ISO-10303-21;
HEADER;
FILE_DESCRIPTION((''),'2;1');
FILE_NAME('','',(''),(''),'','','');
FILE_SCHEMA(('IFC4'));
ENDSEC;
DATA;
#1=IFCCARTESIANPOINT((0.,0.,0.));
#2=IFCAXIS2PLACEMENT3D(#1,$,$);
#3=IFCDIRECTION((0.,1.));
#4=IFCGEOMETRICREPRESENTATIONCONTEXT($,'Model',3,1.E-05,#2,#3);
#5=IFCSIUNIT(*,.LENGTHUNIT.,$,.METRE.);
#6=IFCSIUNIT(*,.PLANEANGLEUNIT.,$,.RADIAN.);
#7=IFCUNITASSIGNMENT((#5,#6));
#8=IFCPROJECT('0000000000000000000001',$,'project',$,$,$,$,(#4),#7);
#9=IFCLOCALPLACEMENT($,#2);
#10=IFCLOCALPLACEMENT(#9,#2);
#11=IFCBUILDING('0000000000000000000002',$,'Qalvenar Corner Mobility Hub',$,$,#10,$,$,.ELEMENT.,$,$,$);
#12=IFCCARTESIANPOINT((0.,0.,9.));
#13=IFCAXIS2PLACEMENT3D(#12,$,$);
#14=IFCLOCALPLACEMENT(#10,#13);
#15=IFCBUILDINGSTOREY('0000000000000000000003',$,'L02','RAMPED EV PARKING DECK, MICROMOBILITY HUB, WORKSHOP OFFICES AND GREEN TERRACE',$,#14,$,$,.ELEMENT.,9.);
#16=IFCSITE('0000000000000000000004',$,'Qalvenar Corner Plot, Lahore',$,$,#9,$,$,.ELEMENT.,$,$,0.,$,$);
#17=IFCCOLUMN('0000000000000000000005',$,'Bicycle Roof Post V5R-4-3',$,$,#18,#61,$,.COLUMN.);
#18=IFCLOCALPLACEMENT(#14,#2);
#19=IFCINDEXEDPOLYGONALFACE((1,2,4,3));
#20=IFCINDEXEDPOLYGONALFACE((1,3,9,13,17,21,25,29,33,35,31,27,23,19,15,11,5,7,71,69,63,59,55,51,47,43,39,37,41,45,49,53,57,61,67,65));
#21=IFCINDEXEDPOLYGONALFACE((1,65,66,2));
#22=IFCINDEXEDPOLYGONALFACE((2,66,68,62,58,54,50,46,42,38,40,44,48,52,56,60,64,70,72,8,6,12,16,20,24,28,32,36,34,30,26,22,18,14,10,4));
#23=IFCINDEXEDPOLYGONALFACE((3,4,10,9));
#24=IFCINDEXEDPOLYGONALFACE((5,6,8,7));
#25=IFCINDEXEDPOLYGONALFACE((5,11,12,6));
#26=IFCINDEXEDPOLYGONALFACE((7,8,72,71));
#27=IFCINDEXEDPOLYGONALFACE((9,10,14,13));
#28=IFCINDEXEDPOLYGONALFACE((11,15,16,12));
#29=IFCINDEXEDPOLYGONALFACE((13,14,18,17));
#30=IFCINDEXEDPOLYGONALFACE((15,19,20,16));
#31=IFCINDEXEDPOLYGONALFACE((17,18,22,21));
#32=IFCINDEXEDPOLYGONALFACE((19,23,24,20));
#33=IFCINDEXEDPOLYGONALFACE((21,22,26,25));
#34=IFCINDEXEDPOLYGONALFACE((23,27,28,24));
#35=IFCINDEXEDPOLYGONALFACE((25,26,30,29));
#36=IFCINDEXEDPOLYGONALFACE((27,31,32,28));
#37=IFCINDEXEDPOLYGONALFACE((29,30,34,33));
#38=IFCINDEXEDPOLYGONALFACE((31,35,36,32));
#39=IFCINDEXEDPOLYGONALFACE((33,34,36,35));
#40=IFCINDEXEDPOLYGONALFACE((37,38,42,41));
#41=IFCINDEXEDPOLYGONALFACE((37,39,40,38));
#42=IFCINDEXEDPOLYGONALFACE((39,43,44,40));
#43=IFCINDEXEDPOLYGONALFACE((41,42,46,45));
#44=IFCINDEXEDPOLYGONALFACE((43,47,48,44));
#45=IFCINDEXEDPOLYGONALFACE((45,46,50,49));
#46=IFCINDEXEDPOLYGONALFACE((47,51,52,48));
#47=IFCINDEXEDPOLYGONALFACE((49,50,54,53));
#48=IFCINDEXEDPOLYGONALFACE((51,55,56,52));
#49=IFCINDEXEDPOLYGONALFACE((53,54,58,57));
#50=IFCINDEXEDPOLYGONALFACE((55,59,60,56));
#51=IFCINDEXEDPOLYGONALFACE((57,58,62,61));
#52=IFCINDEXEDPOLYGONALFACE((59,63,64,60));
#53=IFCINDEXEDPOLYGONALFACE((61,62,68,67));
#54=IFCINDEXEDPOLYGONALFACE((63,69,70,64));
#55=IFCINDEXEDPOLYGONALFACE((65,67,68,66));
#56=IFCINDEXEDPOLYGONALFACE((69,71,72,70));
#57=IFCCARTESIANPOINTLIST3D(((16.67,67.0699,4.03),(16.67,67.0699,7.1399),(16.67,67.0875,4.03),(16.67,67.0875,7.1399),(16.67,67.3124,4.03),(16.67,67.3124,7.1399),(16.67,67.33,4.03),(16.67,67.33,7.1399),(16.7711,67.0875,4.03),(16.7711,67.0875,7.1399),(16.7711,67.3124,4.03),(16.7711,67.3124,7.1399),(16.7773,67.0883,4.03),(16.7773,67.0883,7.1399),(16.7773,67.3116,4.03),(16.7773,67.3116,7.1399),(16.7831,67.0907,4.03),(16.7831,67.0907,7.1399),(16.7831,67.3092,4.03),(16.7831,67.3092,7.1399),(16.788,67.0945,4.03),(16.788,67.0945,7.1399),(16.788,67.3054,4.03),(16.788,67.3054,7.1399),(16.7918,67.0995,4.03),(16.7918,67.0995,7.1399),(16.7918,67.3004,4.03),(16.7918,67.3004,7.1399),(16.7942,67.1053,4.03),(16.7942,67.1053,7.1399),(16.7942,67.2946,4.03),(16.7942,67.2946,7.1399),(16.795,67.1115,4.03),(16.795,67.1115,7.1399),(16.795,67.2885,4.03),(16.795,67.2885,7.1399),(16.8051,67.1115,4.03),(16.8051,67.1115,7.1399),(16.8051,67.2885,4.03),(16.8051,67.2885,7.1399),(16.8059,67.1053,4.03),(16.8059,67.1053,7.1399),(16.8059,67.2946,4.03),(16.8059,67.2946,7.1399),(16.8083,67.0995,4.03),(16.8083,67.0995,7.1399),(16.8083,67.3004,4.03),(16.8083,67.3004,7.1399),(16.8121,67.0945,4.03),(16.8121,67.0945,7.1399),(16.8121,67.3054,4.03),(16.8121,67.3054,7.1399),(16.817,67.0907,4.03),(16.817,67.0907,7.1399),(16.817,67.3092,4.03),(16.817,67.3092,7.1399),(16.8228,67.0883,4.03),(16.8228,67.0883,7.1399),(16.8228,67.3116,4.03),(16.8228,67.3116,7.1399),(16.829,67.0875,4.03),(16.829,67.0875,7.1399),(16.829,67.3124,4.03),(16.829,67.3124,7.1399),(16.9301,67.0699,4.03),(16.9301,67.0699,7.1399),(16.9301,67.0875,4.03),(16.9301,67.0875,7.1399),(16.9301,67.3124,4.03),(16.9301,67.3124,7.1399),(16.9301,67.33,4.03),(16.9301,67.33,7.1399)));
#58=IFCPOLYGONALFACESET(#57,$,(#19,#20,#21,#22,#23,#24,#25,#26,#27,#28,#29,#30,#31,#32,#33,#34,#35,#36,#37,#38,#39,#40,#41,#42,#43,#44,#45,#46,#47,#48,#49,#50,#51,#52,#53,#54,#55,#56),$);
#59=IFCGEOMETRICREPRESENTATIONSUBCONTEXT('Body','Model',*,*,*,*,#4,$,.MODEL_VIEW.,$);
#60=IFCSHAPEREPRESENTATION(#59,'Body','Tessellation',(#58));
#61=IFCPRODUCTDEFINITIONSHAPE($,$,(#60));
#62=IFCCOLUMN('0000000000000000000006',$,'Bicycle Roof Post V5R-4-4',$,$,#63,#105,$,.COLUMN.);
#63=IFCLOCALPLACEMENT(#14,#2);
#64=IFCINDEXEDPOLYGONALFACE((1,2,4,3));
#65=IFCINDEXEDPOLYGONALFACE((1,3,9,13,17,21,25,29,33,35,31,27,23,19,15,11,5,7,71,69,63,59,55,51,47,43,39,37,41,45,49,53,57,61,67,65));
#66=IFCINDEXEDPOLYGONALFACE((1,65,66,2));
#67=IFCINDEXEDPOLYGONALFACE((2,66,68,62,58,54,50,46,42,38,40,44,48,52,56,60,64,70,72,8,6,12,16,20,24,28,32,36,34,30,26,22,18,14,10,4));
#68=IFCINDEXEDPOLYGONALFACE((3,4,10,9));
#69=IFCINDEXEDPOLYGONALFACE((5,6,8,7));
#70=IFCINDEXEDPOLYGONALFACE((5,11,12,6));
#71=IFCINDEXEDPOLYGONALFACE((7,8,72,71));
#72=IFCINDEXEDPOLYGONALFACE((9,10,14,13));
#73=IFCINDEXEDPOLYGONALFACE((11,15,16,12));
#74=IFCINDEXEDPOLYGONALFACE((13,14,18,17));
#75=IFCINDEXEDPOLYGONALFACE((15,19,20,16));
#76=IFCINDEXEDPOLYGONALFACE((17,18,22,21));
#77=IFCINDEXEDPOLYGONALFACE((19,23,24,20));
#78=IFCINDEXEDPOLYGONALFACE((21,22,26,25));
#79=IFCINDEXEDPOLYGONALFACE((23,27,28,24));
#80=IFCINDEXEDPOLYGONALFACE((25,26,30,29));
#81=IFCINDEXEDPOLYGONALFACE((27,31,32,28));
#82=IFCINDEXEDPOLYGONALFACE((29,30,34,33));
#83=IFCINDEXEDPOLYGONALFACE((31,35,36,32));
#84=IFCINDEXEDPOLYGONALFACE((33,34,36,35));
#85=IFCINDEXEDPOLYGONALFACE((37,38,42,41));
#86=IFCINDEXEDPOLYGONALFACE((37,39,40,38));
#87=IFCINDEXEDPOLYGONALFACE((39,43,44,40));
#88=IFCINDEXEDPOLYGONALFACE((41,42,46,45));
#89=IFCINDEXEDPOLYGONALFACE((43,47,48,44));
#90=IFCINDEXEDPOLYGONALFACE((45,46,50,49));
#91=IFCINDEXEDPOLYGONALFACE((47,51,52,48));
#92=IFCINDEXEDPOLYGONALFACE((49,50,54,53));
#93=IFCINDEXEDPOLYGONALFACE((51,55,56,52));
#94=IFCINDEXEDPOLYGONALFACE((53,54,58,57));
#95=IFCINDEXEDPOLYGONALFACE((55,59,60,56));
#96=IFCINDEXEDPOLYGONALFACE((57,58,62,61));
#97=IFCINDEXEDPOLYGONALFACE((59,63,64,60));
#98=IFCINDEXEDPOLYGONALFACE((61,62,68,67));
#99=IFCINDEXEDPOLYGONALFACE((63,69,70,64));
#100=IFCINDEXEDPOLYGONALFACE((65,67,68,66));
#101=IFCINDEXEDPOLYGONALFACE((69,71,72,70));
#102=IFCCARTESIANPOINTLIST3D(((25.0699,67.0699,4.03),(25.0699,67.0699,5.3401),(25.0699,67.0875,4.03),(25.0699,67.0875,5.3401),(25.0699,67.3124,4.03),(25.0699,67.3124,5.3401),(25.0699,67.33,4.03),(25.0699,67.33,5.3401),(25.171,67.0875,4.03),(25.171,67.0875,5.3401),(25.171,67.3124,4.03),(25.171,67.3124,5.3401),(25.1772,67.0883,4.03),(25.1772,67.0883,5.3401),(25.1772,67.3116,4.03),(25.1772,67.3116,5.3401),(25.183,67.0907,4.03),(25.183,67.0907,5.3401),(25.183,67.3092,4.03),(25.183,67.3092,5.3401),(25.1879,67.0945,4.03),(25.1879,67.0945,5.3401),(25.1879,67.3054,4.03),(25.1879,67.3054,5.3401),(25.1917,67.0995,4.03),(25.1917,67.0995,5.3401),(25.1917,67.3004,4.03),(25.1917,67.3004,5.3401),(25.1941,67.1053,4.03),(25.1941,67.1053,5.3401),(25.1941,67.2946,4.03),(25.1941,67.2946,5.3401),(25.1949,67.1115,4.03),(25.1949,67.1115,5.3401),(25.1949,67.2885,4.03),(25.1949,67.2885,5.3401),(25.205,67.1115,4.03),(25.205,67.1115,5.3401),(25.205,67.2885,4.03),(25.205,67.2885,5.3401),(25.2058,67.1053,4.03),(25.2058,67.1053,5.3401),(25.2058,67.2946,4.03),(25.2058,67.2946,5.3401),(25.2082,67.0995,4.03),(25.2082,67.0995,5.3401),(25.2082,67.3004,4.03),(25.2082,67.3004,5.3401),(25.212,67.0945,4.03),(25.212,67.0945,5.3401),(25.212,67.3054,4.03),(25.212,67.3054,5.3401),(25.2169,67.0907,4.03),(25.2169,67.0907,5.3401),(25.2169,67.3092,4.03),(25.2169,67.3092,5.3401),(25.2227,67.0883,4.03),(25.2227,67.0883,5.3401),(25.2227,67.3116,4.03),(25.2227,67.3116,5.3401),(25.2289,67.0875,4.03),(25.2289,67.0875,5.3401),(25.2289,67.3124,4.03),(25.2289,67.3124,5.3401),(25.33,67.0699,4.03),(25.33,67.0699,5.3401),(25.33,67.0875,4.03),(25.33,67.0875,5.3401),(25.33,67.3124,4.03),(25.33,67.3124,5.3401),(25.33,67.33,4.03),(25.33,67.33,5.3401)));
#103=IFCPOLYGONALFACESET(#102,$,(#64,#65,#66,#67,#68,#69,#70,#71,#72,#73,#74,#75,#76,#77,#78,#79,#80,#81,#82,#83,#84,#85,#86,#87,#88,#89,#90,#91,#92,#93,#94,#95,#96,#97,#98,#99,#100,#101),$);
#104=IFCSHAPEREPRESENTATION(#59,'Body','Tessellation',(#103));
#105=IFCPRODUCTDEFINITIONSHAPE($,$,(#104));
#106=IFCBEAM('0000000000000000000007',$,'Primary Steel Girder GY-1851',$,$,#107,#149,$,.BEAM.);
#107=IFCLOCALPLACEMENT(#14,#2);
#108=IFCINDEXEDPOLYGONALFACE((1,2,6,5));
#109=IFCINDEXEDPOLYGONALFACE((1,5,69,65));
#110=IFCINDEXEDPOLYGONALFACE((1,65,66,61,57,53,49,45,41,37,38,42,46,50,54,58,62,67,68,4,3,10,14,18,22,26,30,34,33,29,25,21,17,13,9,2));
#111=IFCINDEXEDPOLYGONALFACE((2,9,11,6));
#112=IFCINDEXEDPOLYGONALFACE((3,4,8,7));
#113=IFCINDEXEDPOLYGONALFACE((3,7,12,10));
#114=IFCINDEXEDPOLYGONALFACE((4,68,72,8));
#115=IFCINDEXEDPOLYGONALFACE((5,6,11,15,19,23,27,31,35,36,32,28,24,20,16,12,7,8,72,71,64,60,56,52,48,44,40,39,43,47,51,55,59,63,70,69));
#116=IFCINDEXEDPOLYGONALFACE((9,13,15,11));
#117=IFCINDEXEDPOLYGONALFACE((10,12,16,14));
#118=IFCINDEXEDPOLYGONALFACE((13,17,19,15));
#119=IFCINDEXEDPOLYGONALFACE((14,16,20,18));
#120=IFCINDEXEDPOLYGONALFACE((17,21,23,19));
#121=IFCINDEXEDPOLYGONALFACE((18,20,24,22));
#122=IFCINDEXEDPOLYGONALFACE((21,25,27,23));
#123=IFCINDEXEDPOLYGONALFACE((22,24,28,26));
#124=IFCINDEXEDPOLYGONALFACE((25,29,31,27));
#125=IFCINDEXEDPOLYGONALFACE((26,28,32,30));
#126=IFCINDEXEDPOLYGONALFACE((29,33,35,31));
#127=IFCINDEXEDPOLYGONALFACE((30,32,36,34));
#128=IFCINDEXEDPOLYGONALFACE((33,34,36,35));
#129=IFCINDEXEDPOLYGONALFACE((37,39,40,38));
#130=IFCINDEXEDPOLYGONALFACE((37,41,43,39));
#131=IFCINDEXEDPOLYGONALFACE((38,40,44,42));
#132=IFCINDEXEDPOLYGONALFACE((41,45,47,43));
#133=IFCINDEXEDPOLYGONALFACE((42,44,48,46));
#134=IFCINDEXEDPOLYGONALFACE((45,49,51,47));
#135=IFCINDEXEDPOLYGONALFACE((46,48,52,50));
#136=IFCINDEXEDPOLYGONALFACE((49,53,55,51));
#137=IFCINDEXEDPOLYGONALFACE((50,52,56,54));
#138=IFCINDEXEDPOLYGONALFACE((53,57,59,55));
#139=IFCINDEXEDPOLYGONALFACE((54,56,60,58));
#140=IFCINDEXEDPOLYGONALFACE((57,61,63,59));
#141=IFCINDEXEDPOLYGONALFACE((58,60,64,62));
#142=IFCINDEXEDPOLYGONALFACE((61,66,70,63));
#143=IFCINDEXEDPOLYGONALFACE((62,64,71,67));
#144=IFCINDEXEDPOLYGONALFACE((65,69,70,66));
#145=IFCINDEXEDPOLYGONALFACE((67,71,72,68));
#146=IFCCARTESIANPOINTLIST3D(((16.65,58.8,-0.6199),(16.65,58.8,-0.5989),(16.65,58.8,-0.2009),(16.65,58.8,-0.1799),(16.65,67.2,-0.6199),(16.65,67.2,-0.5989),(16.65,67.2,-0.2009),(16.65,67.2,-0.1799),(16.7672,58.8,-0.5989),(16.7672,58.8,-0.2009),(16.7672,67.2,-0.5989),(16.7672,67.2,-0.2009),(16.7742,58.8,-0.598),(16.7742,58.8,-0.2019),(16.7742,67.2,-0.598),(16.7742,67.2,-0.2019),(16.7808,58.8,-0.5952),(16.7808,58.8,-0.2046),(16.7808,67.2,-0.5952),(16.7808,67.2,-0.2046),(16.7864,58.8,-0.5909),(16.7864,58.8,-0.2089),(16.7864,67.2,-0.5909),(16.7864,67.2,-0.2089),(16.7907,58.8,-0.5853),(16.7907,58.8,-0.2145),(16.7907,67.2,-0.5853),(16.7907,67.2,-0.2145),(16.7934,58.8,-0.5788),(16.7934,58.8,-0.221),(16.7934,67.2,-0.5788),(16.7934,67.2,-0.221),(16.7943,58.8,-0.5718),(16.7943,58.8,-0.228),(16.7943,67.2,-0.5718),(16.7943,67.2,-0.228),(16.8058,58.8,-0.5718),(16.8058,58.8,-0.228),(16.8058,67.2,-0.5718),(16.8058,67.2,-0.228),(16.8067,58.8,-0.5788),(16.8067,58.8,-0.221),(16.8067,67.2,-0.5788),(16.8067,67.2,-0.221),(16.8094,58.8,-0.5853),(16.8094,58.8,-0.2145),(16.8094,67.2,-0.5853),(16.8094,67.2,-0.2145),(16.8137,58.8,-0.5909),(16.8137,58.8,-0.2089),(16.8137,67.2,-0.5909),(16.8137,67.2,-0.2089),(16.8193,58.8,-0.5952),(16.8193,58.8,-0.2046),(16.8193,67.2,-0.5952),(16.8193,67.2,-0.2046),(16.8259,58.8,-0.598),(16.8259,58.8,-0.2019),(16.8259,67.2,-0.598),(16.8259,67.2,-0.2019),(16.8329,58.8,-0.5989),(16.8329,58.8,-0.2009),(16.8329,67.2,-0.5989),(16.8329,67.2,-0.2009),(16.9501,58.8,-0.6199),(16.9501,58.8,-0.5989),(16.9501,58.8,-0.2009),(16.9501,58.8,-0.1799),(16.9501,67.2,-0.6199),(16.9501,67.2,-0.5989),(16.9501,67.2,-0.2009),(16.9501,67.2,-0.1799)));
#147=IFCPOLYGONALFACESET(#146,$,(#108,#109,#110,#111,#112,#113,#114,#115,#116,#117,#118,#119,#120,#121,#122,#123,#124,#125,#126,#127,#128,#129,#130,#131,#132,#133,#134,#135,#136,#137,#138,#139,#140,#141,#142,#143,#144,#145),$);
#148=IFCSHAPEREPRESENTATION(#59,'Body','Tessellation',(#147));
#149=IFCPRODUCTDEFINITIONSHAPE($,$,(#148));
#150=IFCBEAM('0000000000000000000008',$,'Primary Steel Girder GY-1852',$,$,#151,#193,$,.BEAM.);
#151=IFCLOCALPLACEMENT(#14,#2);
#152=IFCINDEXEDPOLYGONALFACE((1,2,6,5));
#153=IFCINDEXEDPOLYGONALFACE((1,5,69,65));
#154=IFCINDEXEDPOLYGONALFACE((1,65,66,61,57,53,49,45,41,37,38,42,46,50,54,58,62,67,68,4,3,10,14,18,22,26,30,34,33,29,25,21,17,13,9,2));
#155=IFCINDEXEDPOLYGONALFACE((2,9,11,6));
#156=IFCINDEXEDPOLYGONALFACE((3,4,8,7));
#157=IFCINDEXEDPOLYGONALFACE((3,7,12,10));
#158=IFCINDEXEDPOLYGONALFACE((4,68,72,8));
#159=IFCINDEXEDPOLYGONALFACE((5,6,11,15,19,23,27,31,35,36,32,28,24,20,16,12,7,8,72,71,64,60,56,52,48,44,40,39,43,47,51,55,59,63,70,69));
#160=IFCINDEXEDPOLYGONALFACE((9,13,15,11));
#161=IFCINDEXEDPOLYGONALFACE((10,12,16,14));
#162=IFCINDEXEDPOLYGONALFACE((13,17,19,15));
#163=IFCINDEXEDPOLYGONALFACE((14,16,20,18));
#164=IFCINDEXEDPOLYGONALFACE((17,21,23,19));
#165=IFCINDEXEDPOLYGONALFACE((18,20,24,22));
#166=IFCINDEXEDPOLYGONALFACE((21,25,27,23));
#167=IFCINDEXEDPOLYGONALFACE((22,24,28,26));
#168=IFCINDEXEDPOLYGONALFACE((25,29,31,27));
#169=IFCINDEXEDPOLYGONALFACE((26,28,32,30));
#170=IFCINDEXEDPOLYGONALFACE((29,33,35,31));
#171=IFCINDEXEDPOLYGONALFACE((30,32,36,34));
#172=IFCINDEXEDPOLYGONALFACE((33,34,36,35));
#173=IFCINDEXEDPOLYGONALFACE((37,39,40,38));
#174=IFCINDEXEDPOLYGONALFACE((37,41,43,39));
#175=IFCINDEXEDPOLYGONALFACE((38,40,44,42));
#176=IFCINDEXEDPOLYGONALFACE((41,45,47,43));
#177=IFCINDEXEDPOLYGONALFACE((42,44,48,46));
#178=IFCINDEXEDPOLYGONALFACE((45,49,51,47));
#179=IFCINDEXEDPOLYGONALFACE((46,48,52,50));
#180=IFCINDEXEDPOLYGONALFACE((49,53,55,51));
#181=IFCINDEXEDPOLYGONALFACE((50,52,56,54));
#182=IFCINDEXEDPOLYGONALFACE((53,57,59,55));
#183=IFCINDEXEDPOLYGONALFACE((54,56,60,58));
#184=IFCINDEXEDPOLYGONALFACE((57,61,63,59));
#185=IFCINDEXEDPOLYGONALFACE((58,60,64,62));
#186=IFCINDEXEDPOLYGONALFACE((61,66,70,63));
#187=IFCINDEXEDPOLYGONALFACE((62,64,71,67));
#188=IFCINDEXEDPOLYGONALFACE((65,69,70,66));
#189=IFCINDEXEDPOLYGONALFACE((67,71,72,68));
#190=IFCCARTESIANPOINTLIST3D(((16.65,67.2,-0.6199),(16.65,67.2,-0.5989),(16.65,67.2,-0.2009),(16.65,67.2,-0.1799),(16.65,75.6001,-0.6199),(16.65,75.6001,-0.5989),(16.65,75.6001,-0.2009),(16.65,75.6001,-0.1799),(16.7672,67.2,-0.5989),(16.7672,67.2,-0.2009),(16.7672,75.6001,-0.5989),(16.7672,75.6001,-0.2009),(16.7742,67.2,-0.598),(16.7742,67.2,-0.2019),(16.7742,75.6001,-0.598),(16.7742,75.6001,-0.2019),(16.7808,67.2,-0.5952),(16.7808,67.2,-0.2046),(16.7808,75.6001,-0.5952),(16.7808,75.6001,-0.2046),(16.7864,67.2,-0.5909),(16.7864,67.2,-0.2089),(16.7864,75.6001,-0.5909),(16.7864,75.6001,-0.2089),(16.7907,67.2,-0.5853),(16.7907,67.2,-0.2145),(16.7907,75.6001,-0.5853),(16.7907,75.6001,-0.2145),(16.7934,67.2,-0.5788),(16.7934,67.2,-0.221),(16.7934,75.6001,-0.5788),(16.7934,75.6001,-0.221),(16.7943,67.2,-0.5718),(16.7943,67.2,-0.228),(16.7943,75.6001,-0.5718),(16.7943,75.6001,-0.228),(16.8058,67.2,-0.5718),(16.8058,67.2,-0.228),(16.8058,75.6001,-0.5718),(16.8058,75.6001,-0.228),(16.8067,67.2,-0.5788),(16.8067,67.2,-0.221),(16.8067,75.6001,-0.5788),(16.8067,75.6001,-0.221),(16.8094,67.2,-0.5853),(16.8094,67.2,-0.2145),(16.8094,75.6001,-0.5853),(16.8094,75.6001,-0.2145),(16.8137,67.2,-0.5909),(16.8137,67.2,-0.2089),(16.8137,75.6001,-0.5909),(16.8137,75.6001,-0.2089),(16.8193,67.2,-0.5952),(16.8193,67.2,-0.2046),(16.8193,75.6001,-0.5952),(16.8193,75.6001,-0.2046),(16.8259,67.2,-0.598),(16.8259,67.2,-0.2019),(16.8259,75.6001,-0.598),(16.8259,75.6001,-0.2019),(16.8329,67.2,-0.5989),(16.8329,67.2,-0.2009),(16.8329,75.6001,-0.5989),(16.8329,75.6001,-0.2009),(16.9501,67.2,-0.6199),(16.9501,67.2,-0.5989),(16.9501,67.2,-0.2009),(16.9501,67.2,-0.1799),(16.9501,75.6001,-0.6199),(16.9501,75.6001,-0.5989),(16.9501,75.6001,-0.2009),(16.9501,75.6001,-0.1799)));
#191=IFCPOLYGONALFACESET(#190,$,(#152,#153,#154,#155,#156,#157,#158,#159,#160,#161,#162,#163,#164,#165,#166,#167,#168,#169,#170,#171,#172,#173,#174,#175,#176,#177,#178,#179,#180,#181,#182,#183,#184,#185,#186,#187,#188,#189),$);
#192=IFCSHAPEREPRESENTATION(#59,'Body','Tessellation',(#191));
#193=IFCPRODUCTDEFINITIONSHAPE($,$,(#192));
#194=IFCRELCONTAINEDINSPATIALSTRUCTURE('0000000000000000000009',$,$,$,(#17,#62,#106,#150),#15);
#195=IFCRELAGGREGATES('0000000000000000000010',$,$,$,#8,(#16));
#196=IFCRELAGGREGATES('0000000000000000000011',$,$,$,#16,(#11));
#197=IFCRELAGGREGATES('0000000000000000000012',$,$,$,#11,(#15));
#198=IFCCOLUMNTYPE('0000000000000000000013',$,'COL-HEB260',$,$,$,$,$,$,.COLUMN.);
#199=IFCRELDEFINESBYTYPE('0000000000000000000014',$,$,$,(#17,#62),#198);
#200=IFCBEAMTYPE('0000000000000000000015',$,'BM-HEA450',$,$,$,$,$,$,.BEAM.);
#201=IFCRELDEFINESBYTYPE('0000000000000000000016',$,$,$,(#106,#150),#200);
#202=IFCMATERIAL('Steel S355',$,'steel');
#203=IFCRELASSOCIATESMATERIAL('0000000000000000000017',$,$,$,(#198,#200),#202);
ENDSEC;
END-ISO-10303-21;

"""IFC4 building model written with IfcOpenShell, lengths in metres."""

from ifc_helpers import new_model, si_unit, direction, frame, origin, origin_2d, place, context, subcontext, project, spatial, i_section, extrude, material, material_profile, profile_set, type_object, element, save


model = new_model("IFC4")

# Units and contexts
model_context = context("Model", 3, precision=1e-05, world=origin(), true_north=direction((0.0, 1.0)))
body_context = subcontext(model_context, "Body", "Model", "MODEL_VIEW")
ifc_project = project(units=[si_unit("LENGTHUNIT", "METRE"), si_unit("PLANEANGLEUNIT", "RADIAN")], contexts=[model_context])

# Site, building, storey
site_placement = place(None, origin())
site = spatial("IfcSite", under=ifc_project, at=site_placement, Name="Qalvenar Corner Plot, Lahore", CompositionType="ELEMENT", RefElevation=0.0)
building_placement = place(site_placement, origin())
building = spatial("IfcBuilding", under=site, at=building_placement, Name="Qalvenar Corner Mobility Hub", CompositionType="ELEMENT")
storey_placement = place(building_placement, frame((0.0, 0.0, 9.0)))
storey = spatial("IfcBuildingStorey", under=building, at=storey_placement, Name="L02", Description="RAMPED EV PARKING DECK, MICROMOBILITY HUB, WORKSHOP OFFICES AND GREEN TERRACE", CompositionType="ELEMENT", Elevation=9.0)

# Columns
ifc_material_1 = material(Name="Steel S355", Category="steel")
ifc_material_profile_1 = material_profile(ifc_material_1, i_section(OverallWidth=0.26, OverallDepth=0.26, WebThickness=0.01, FlangeThickness=0.0176, FilletRadius=0.0239, at=origin_2d()), Name="HEB260")
ifc_profile_set_1 = profile_set([ifc_material_profile_1], Name="Steel S355")
column_type_1 = type_object("IfcColumnType", Name="COL-HEB260", PredefinedType="COLUMN", material=ifc_profile_set_1)
column_1_placement = place(storey_placement, frame((16.8, 67.2, 4.03), z_axis=(0.0, 0.0, 1.0), x_axis=(1.0, 0.0, 0.0)))
element("IfcColumn", 1, at=column_1_placement, inside=storey, type_object=column_type_1, Name="Bicycle Roof Post V5R-4-3", PredefinedType="COLUMN", context=body_context, shape_type="SweptSolid", body=[
    extrude(i_section(OverallWidth=0.26, OverallDepth=0.26, WebThickness=0.01, FlangeThickness=0.0176, FilletRadius=0.0239, at=origin_2d()), origin(), (0.0, 0.0, 1.0), 3.1099),
])
column_2_placement = place(storey_placement, frame((25.2, 67.2, 4.03), z_axis=(0.0, 0.0, 1.0), x_axis=(1.0, 0.0, 0.0)))
element("IfcColumn", 2, at=column_2_placement, inside=storey, type_object=column_type_1, Name="Bicycle Roof Post V5R-4-4", PredefinedType="COLUMN", context=body_context, shape_type="SweptSolid", body=[
    extrude(i_section(OverallWidth=0.26, OverallDepth=0.26, WebThickness=0.01, FlangeThickness=0.0176, FilletRadius=0.0239, at=origin_2d()), origin(), (0.0, 0.0, 1.0), 1.3101),
])

# Beams
ifc_material_profile_2 = material_profile(ifc_material_1, i_section(OverallWidth=0.3, OverallDepth=0.4399, WebThickness=0.0115, FlangeThickness=0.021, FilletRadius=0.0271, at=origin_2d()), Name="HEA450")
ifc_profile_set_2 = profile_set([ifc_material_profile_2], Name="Steel S355")
beam_type_1 = type_object("IfcBeamType", Name="BM-HEA450", PredefinedType="BEAM", material=ifc_profile_set_2)
beam_1_placement = place(storey_placement, frame((16.8, 58.8, -0.3999), z_axis=(0.0, 1.0, 0.0), x_axis=(-1.0, 0.0, 0.0)))
element("IfcBeam", 3, at=beam_1_placement, inside=storey, type_object=beam_type_1, Name="Primary Steel Girder GY-1851", PredefinedType="BEAM", context=body_context, shape_type="SweptSolid", body=[
    extrude(i_section(OverallWidth=0.3, OverallDepth=0.4399, WebThickness=0.0115, FlangeThickness=0.021, FilletRadius=0.0271, at=origin_2d()), origin(), (0.0, 0.0, 1.0), 8.3999),
])
beam_2_placement = place(storey_placement, frame((16.8, 67.2, -0.3999), z_axis=(0.0, 1.0, 0.0), x_axis=(-1.0, 0.0, 0.0)))
element("IfcBeam", 4, at=beam_2_placement, inside=storey, type_object=beam_type_1, Name="Primary Steel Girder GY-1852", PredefinedType="BEAM", context=body_context, shape_type="SweptSolid", body=[
    extrude(i_section(OverallWidth=0.3, OverallDepth=0.4399, WebThickness=0.0115, FlangeThickness=0.021, FilletRadius=0.0271, at=origin_2d()), origin(), (0.0, 0.0, 1.0), 8.4001),
])

save(model, "model.ifc")
